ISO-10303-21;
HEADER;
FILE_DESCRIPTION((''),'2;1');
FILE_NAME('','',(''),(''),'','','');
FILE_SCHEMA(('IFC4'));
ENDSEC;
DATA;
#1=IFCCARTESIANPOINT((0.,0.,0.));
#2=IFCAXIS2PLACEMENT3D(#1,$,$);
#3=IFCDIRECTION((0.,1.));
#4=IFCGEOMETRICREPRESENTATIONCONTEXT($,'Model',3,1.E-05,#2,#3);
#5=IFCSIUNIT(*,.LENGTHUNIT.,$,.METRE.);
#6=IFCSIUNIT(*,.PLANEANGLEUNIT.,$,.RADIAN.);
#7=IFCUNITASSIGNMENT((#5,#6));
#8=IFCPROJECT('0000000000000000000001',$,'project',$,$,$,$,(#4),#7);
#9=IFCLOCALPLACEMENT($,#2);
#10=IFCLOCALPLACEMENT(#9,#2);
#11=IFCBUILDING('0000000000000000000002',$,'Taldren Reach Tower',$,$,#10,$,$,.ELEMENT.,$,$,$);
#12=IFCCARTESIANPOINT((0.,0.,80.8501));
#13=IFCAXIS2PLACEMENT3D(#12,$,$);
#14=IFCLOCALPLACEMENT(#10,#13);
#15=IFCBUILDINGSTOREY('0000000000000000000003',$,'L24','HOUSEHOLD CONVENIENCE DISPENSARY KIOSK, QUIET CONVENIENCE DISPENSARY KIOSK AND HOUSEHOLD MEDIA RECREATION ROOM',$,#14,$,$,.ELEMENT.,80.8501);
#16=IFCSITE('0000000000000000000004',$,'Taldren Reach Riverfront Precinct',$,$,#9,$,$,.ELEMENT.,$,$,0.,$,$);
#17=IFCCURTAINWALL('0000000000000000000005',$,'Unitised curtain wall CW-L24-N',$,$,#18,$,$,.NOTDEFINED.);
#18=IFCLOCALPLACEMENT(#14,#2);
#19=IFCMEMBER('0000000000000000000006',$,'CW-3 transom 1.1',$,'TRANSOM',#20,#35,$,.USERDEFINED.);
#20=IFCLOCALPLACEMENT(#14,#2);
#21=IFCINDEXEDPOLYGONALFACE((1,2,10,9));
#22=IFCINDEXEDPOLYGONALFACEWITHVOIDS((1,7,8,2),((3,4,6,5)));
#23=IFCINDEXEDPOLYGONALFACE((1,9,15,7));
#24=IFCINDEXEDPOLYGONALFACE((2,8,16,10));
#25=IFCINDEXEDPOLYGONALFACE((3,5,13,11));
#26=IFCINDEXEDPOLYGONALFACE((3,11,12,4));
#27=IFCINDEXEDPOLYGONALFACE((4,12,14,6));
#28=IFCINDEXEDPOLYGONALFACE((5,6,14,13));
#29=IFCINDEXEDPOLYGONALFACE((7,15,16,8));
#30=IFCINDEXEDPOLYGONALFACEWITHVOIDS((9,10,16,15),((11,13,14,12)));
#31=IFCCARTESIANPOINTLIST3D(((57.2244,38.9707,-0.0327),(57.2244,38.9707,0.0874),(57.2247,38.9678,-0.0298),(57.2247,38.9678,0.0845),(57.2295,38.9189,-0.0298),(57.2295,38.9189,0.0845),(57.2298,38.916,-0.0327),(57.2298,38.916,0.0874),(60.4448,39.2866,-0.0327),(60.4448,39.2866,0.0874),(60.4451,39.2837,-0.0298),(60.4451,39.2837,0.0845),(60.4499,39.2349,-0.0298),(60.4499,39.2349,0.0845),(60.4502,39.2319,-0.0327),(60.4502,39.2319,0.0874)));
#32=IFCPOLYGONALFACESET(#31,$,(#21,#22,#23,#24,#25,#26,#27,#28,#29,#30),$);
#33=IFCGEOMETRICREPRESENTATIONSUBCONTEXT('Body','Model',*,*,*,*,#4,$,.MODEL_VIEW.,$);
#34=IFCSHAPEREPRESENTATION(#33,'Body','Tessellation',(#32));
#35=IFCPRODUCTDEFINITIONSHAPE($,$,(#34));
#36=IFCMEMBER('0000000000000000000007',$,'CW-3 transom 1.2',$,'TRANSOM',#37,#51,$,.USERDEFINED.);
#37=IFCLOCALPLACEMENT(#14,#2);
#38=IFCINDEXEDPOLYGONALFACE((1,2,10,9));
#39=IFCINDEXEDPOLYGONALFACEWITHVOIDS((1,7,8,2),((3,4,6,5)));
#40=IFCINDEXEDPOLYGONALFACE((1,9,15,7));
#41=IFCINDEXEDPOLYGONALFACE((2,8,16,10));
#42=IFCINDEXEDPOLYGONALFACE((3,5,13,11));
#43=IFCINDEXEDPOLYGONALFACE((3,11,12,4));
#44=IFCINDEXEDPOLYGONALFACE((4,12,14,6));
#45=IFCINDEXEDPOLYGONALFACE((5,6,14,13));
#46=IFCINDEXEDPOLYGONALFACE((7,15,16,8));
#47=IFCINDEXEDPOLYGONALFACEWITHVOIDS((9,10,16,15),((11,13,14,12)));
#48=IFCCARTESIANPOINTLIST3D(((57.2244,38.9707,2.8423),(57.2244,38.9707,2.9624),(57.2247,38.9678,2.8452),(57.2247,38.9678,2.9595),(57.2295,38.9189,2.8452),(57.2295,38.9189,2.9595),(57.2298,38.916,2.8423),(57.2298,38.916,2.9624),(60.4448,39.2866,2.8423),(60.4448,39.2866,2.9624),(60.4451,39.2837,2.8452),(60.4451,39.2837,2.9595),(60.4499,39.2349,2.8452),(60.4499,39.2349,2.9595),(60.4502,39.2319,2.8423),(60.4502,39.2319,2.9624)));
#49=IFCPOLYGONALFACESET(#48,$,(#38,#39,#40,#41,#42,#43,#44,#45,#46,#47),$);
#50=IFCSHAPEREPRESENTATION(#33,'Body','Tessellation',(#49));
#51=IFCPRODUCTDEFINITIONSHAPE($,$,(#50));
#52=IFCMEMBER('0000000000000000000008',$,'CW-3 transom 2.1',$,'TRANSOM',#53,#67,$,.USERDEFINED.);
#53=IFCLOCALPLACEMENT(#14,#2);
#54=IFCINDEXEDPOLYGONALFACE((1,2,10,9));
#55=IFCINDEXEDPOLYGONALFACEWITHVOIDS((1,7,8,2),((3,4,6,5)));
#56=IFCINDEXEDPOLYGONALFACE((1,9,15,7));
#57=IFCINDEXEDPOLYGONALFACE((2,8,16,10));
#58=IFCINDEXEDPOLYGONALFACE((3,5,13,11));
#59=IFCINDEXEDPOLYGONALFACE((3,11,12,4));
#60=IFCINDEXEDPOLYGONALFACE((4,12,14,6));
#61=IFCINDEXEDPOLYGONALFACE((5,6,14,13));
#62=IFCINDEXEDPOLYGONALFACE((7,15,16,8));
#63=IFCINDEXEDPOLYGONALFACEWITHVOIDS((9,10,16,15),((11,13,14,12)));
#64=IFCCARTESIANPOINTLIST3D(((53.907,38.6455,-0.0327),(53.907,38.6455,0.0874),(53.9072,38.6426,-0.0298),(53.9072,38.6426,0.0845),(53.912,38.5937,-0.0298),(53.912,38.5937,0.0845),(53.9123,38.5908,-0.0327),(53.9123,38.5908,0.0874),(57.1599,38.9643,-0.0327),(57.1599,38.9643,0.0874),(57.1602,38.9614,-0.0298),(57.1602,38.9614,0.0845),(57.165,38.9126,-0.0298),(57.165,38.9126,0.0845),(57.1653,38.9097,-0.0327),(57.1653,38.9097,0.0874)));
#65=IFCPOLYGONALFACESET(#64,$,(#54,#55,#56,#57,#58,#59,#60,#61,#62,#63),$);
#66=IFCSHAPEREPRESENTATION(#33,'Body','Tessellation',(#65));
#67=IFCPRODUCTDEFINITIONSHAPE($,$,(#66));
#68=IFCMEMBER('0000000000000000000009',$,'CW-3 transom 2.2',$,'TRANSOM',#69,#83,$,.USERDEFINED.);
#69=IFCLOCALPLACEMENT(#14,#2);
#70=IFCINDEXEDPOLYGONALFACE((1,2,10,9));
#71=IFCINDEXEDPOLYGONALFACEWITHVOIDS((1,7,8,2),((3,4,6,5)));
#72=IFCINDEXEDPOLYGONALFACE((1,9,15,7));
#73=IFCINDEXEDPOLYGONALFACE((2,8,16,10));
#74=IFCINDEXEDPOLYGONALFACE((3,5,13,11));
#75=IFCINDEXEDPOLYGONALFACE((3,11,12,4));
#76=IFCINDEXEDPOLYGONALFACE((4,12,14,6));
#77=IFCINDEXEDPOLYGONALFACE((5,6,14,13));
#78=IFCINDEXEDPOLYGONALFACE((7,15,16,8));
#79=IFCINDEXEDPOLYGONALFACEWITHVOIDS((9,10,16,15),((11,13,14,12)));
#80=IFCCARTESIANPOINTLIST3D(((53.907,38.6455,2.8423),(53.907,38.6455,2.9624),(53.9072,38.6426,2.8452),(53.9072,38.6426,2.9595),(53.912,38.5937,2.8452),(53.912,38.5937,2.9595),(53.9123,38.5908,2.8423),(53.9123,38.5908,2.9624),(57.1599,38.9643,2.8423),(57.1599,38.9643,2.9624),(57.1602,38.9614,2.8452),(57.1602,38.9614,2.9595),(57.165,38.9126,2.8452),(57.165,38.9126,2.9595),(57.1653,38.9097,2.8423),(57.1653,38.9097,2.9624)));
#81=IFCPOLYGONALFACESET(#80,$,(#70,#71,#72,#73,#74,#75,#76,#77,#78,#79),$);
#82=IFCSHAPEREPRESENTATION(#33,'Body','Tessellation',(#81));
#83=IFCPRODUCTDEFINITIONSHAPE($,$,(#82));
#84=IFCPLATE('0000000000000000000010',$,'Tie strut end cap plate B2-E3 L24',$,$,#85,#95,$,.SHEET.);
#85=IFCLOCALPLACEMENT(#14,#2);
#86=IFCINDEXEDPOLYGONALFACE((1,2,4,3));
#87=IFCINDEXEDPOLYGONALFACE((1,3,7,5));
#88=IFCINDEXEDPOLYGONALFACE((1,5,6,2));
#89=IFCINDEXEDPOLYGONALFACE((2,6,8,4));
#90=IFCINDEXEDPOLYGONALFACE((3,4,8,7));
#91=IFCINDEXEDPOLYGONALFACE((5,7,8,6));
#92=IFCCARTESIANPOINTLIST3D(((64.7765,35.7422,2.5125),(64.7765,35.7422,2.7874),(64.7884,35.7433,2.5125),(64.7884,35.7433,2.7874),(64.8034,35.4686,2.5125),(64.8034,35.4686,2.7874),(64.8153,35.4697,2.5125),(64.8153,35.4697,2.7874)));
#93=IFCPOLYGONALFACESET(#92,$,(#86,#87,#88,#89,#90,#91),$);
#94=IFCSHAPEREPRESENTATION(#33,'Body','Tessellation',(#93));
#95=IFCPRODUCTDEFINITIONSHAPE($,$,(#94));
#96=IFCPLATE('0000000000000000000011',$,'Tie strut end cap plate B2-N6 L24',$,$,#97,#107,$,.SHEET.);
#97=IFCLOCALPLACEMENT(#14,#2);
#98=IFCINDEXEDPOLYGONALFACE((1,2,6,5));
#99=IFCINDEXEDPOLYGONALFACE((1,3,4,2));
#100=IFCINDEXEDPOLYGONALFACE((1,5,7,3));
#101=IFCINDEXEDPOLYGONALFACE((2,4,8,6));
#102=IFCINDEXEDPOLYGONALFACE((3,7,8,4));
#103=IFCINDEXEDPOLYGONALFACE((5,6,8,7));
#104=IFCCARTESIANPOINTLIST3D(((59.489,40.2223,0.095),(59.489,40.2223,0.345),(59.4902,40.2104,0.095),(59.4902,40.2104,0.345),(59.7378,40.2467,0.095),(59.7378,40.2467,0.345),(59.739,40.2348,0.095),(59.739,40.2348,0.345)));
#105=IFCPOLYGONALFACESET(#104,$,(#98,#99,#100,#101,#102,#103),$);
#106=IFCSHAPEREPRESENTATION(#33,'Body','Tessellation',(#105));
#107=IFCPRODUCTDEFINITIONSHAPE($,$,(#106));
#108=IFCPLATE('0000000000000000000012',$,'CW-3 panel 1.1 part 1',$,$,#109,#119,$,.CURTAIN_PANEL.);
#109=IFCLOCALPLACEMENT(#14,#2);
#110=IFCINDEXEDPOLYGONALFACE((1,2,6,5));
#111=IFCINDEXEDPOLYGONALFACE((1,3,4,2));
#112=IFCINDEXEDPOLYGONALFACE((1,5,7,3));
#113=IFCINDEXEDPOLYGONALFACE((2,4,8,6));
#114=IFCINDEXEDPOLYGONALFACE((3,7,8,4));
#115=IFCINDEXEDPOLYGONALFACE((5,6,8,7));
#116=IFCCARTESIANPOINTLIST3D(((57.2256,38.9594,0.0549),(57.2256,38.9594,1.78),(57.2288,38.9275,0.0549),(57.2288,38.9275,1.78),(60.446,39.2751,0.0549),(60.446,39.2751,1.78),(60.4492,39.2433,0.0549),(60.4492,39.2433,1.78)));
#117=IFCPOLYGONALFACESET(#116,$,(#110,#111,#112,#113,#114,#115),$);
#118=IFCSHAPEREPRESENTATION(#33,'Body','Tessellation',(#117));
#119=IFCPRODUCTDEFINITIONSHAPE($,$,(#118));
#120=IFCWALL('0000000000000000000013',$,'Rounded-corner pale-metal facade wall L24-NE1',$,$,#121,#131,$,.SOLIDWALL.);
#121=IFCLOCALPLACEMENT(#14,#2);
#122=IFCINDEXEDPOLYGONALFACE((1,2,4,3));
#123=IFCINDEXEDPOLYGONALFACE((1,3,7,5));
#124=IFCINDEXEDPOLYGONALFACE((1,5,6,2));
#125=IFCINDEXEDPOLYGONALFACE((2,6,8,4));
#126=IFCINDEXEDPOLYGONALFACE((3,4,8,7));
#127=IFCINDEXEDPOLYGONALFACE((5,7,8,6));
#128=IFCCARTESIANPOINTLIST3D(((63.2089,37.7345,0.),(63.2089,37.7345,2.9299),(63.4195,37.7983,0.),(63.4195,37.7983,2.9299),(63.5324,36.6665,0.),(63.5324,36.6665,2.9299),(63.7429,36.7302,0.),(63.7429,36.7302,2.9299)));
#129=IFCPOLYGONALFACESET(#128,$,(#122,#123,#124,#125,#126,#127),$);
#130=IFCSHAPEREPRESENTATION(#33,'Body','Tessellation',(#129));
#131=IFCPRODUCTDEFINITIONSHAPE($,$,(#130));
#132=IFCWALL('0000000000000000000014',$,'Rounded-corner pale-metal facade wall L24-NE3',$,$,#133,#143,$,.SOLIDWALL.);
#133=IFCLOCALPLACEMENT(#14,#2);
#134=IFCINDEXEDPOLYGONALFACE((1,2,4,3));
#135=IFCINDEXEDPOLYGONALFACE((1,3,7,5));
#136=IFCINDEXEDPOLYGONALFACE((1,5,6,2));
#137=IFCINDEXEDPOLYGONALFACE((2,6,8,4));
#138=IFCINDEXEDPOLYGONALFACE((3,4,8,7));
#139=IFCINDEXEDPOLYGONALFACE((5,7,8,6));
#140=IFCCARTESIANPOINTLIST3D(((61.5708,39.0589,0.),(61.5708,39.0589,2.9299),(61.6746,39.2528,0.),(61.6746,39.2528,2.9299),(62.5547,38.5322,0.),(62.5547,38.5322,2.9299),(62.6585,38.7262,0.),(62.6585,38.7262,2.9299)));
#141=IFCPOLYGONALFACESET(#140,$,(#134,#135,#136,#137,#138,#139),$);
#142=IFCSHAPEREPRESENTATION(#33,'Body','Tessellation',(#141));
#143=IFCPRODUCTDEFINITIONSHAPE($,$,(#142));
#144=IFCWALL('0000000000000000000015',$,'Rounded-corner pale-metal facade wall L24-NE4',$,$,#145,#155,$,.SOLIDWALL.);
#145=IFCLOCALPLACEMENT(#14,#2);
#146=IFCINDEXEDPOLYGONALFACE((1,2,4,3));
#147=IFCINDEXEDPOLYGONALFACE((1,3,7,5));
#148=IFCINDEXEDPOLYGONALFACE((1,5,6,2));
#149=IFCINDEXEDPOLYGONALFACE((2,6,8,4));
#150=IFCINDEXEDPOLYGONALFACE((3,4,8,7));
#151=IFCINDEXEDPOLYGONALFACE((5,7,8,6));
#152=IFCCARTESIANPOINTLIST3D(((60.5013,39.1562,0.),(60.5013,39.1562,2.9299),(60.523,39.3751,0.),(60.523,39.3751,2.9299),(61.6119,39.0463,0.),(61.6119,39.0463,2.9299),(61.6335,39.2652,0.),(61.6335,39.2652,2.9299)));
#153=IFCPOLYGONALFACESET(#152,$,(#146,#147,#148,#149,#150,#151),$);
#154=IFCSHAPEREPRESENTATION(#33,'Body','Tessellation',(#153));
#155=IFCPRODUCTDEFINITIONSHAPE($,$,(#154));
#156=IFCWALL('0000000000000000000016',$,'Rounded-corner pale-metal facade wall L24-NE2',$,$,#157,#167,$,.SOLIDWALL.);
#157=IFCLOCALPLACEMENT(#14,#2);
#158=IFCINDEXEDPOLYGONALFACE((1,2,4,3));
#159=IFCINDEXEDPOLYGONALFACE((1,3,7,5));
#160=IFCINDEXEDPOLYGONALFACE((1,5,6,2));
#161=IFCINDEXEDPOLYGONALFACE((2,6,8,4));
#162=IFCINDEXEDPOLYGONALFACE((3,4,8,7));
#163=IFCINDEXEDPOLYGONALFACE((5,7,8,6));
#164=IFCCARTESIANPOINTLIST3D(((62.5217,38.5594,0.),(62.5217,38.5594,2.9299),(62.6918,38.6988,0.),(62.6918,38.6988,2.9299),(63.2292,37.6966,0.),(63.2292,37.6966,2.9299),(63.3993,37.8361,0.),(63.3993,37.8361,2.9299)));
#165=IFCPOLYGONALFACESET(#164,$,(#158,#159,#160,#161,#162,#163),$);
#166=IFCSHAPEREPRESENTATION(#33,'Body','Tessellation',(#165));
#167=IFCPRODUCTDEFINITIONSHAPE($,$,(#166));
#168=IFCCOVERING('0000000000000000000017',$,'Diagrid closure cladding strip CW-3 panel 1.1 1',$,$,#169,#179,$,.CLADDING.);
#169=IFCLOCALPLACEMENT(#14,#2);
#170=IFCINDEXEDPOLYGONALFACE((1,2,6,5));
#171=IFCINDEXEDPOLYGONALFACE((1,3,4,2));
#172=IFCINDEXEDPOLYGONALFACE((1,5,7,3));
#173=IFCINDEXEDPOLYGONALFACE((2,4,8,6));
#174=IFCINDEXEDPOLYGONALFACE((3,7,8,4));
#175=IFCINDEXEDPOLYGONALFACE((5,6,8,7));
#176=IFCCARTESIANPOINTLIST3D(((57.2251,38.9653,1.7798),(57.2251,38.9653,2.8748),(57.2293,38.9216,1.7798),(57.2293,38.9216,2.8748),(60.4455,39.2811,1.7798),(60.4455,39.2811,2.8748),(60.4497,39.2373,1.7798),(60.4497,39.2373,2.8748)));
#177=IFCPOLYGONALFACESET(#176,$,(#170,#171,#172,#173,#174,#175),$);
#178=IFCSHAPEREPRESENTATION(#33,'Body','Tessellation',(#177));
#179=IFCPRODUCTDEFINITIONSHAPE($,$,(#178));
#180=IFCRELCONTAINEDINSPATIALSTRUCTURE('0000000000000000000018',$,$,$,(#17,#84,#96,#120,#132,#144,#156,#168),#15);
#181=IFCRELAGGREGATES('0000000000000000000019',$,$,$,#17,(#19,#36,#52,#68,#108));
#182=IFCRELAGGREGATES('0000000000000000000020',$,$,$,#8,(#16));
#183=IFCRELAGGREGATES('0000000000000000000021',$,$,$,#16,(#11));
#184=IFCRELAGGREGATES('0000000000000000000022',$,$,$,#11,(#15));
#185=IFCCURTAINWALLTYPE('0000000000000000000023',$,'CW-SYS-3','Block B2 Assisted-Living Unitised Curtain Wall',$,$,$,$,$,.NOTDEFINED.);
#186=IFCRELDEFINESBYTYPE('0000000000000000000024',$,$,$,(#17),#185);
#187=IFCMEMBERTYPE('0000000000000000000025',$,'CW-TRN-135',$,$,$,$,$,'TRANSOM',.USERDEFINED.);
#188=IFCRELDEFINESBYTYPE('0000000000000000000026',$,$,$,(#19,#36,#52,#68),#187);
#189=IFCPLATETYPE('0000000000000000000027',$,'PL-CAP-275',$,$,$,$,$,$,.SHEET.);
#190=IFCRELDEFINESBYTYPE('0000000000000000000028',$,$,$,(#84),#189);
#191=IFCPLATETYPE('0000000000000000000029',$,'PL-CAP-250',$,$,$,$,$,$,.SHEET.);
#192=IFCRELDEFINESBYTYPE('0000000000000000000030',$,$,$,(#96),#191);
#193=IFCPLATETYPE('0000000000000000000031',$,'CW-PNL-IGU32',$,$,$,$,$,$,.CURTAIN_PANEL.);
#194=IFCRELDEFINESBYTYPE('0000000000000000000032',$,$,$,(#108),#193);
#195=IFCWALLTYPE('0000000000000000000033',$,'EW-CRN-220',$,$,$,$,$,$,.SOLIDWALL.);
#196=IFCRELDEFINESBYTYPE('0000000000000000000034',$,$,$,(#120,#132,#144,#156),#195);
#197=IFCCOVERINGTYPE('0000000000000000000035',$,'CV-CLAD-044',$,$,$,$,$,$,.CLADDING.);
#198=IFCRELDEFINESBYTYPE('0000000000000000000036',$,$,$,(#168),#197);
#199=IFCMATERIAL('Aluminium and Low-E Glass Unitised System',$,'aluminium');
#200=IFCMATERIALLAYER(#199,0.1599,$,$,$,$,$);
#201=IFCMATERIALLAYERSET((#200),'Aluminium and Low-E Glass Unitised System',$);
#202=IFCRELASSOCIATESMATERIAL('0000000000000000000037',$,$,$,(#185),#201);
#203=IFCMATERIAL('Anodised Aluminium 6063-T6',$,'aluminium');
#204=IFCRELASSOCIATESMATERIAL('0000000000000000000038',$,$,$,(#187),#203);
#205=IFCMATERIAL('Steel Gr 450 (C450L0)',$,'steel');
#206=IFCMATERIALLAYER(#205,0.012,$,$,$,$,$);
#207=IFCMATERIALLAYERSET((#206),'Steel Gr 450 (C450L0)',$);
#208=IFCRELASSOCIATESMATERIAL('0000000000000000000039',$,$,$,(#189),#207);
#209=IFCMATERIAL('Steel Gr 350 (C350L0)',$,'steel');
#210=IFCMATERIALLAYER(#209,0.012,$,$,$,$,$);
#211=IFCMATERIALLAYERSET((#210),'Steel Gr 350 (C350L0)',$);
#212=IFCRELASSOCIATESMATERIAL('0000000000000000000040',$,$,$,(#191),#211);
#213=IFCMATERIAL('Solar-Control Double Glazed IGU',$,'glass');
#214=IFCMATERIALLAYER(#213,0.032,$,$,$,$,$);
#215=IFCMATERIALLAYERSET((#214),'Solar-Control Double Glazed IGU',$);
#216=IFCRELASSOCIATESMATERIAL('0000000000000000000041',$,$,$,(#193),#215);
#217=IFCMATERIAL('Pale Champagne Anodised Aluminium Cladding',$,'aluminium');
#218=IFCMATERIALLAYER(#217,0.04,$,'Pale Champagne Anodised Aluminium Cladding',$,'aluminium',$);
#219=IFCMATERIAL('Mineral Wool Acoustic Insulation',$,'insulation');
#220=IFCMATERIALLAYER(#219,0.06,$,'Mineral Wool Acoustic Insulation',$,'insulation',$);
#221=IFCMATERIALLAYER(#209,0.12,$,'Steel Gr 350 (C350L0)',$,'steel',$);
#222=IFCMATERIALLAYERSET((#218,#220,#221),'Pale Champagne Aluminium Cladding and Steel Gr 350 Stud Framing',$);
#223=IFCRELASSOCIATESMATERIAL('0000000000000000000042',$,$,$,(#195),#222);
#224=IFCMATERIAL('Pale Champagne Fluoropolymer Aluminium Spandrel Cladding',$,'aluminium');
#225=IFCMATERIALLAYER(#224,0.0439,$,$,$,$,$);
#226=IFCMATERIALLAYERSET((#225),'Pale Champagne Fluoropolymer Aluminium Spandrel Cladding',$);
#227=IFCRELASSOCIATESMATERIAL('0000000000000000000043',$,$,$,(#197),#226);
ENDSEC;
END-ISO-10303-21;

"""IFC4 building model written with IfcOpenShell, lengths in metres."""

from ifc_helpers import new_model, si_unit, direction, frame, frame_2d, origin, origin_2d, place, context, subcontext, project, spatial, rectangle, hollow_rectangle, extrude, source, transform, mapped, material, layer, layer_set, material_profile, profile_set, type_object, element, aggregate, save


model = new_model("IFC4")

# Units and contexts
model_context = context("Model", 3, precision=1e-05, world=origin(), true_north=direction((0.0, 1.0)))
body_context = subcontext(model_context, "Body", "Model", "MODEL_VIEW")
ifc_project = project(units=[si_unit("LENGTHUNIT", "METRE"), si_unit("PLANEANGLEUNIT", "RADIAN")], contexts=[model_context])

# Site, building, storey
site_placement = place(None, origin())
site = spatial("IfcSite", under=ifc_project, at=site_placement, Name="Taldren Reach Riverfront Precinct", CompositionType="ELEMENT", RefElevation=0.0)
building_placement = place(site_placement, origin())
building = spatial("IfcBuilding", under=site, at=building_placement, Name="Taldren Reach Tower", CompositionType="ELEMENT")
storey_placement = place(building_placement, frame((0.0, 0.0, 80.8501)))
storey = spatial("IfcBuildingStorey", under=building, at=storey_placement, Name="L24", Description="HOUSEHOLD CONVENIENCE DISPENSARY KIOSK, QUIET CONVENIENCE DISPENSARY KIOSK AND HOUSEHOLD MEDIA RECREATION ROOM", CompositionType="ELEMENT", Elevation=80.8501)

# Shared definitions
ifc_material_1 = material(Name="Steel Gr 450 (C450L0)", Category="steel")
ifc_material_2 = material(Name="Steel Gr 350 (C350L0)", Category="steel")

# Curtain wall
ifc_material_3 = material(Name="Aluminium and Low-E Glass Unitised System", Category="aluminium")
ifc_layer_1 = layer(ifc_material_3, 0.1599)
ifc_layer_set_1 = layer_set([ifc_layer_1], Name="Aluminium and Low-E Glass Unitised System")
curtain_wall_type = type_object("IfcCurtainWallType", Name="CW-SYS-3", Description="Block B2 Assisted-Living Unitised Curtain Wall", PredefinedType="NOTDEFINED", material=ifc_layer_set_1)
curtain_wall_1_placement = place(storey_placement, origin())
curtain_wall_1 = element("IfcCurtainWall", 1, at=curtain_wall_1_placement, inside=storey, type_object=curtain_wall_type, Name="Unitised curtain wall CW-L24-N", PredefinedType="NOTDEFINED")
ifc_material_4 = material(Name="Anodised Aluminium 6063-T6", Category="aluminium")

# Members
ifc_material_profile_1 = material_profile(ifc_material_4, hollow_rectangle(XDim=0.0549, YDim=0.1201, WallThickness=0.0029, at=origin_2d()), Name="ALU-120x55x3RHS")
ifc_profile_set_1 = profile_set([ifc_material_profile_1], Name="Anodised Aluminium 6063-T6")
member_type_1 = type_object("IfcMemberType", Name="CW-TRN-135", ElementType="TRANSOM", PredefinedType="USERDEFINED", material=ifc_profile_set_1)
shared_shape_1 = source(origin(), body_context, "Body", "SweptSolid", [
    extrude(hollow_rectangle(XDim=0.0549, YDim=0.1201, WallThickness=0.0029, at=origin_2d()), origin(), (0.0, 0.0, 1.0), 3.2358),
])
member_1_placement = place(storey_placement, frame((60.4475, 39.2593, 0.0273), z_axis=(-0.995223, -0.097629, 0.0), x_axis=(0.097629, -0.995223, 0.0)))
member_1 = element("IfcMember", 2, at=member_1_placement, type_object=member_type_1, Name="CW-3 transom 1.1", ObjectType="TRANSOM", PredefinedType="USERDEFINED", context=body_context, shape_type="MappedRepresentation", body=[
    mapped(shared_shape_1, transform((0.0, 0.0, 0.0), scale=1.0)),
])
member_2_placement = place(storey_placement, frame((60.4475, 39.2593, 2.9023), z_axis=(-0.995223, -0.097629, 0.0), x_axis=(0.097629, -0.995223, 0.0)))
member_2 = element("IfcMember", 3, at=member_2_placement, type_object=member_type_1, Name="CW-3 transom 1.2", ObjectType="TRANSOM", PredefinedType="USERDEFINED", context=body_context, shape_type="MappedRepresentation", body=[
    mapped(shared_shape_1, transform((0.0, 0.0, 0.0), scale=1.0)),
])
shared_shape_2 = source(origin(), body_context, "Body", "SweptSolid", [
    extrude(hollow_rectangle(XDim=0.0549, YDim=0.1201, WallThickness=0.0029, at=origin_2d()), origin(), (0.0, 0.0, 1.0), 3.2686),
])
member_3_placement = place(storey_placement, frame((57.1626, 38.937, 0.0273), z_axis=(-0.995231, -0.097551, 0.0), x_axis=(0.097551, -0.995231, 0.0)))
member_3 = element("IfcMember", 4, at=member_3_placement, type_object=member_type_1, Name="CW-3 transom 2.1", ObjectType="TRANSOM", PredefinedType="USERDEFINED", context=body_context, shape_type="MappedRepresentation", body=[
    mapped(shared_shape_2, transform((0.0, 0.0, 0.0), scale=1.0)),
])
member_4_placement = place(storey_placement, frame((57.1626, 38.937, 2.9023), z_axis=(-0.995231, -0.097551, 0.0), x_axis=(0.097551, -0.995231, 0.0)))
member_4 = element("IfcMember", 5, at=member_4_placement, type_object=member_type_1, Name="CW-3 transom 2.2", ObjectType="TRANSOM", PredefinedType="USERDEFINED", context=body_context, shape_type="MappedRepresentation", body=[
    mapped(shared_shape_2, transform((0.0, 0.0, 0.0), scale=1.0)),
])

# Plates
ifc_layer_2 = layer(ifc_material_1, 0.012)
ifc_layer_set_2 = layer_set([ifc_layer_2], Name="Steel Gr 450 (C450L0)")
plate_type_1 = type_object("IfcPlateType", Name="PL-CAP-275", PredefinedType="SHEET", material=ifc_layer_set_2)
shared_shape_3 = source(origin(), body_context, "Body", "SweptSolid", [
    extrude(rectangle(XDim=0.012, YDim=0.2749, at=origin_2d()), origin(), (0.0, 0.0, 1.0), 0.2749),
])
plate_1_placement = place(storey_placement, frame((64.7959, 35.606, 2.5125), z_axis=(0.0, 0.0, 1.0), x_axis=(0.995227, 0.097583, 0.0)))
element("IfcPlate", 6, at=plate_1_placement, inside=storey, type_object=plate_type_1, Name="Tie strut end cap plate B2-E3 L24", PredefinedType="SHEET", context=body_context, shape_type="MappedRepresentation", body=[
    mapped(shared_shape_3, transform((0.0, 0.0, 0.0), scale=1.0)),
])
ifc_layer_3 = layer(ifc_material_2, 0.012)
ifc_layer_set_3 = layer_set([ifc_layer_3], Name="Steel Gr 350 (C350L0)")
plate_type_2 = type_object("IfcPlateType", Name="PL-CAP-250", PredefinedType="SHEET", material=ifc_layer_set_3)
shared_shape_4 = source(origin(), body_context, "Body", "SweptSolid", [
    extrude(rectangle(XDim=0.25, YDim=0.012, at=origin_2d()), origin(), (0.0, 0.0, 1.0), 0.25),
])
plate_2_placement = place(storey_placement, frame((59.614, 40.2285, 0.095), z_axis=(0.0, 0.0, 1.0), x_axis=(0.995227, 0.097583, 0.0)))
element("IfcPlate", 7, at=plate_2_placement, inside=storey, type_object=plate_type_2, Name="Tie strut end cap plate B2-N6 L24", PredefinedType="SHEET", context=body_context, shape_type="MappedRepresentation", body=[
    mapped(shared_shape_4, transform((0.0, 0.0, 0.0), scale=1.0)),
])

# Plate
ifc_material_5 = material(Name="Solar-Control Double Glazed IGU", Category="glass")
ifc_layer_4 = layer(ifc_material_5, 0.032)
ifc_layer_set_4 = layer_set([ifc_layer_4], Name="Solar-Control Double Glazed IGU")
plate_type_3 = type_object("IfcPlateType", Name="CW-PNL-IGU32", PredefinedType="CURTAIN_PANEL", material=ifc_layer_set_4)
shared_shape_5 = source(origin(), body_context, "Body", "SweptSolid", [
    extrude(rectangle(XDim=3.2358, YDim=0.032, at=origin_2d()), origin(), (0.0, 0.0, 1.0), 1.7251),
])
plate_3_placement = place(storey_placement, frame((58.8374, 39.1013, 0.0549), z_axis=(0.0, 0.0, 1.0), x_axis=(-0.995227, -0.097583, 0.0)))
plate_3 = element("IfcPlate", 8, at=plate_3_placement, type_object=plate_type_3, Name="CW-3 panel 1.1 part 1", PredefinedType="CURTAIN_PANEL", context=body_context, shape_type="MappedRepresentation", body=[
    mapped(shared_shape_5, transform((0.0, 0.0, 0.0), scale=1.0)),
])
aggregate(curtain_wall_1, [member_1, member_2, member_3, member_4, plate_3])

# Walls
ifc_material_6 = material(Name="Pale Champagne Anodised Aluminium Cladding", Category="aluminium")
ifc_layer_5 = layer(ifc_material_6, 0.04, Name="Pale Champagne Anodised Aluminium Cladding", Category="aluminium")
ifc_material_7 = material(Name="Mineral Wool Acoustic Insulation", Category="insulation")
ifc_layer_6 = layer(ifc_material_7, 0.06, Name="Mineral Wool Acoustic Insulation", Category="insulation")
ifc_layer_7 = layer(ifc_material_2, 0.12, Name="Steel Gr 350 (C350L0)", Category="steel")
ifc_layer_set_5 = layer_set([ifc_layer_5, ifc_layer_6, ifc_layer_7], Name="Pale Champagne Aluminium Cladding and Steel Gr 350 Stud Framing")
wall_type = type_object("IfcWallType", Name="EW-CRN-220", PredefinedType="SOLIDWALL", material=ifc_layer_set_5)
shared_shape_6 = source(origin(), body_context, "Body", "SweptSolid", [
    extrude(rectangle(XDim=1.116, YDim=0.22, at=frame_2d((0.5581, 0.0))), origin(), (0.0, 0.0, 1.0), 2.9299),
])
for number, where, z_axis, x_axis, name in (
    (9, (63.6377, 36.6982, 0.0), (0.0, 0.0, 1.0), (-0.289856, 0.95707, 0.0), "Rounded-corner pale-metal facade wall L24-NE1"),
    (10, (62.6067, 38.6292, 0.0), (0.0, 0.0, 1.0), (-0.881656, 0.471894, 0.0), "Rounded-corner pale-metal facade wall L24-NE3"),
    (11, (61.6228, 39.1558, 0.0), (0.0, 0.0, 1.0), (-0.995143, 0.098442, 0.0), "Rounded-corner pale-metal facade wall L24-NE4"),
):
    element("IfcWall", number, at=place(storey_placement, frame(where, z_axis=z_axis, x_axis=x_axis)), inside=storey, type_object=wall_type, Name=name, PredefinedType="SOLIDWALL", context=body_context, shape_type="MappedRepresentation", body=[
        mapped(shared_shape_6, transform((0.0, 0.0, 0.0), scale=1.0)),
    ])
shared_shape_7 = source(origin(), body_context, "Body", "SweptSolid", [
    extrude(rectangle(XDim=1.1157, YDim=0.22, at=frame_2d((0.5579, 0.0))), origin(), (0.0, 0.0, 1.0), 2.9299),
])
wall_placement = place(storey_placement, frame((63.3142, 37.7664, 0.0), z_axis=(0.0, 0.0, 1.0), x_axis=(-0.634095, 0.773255, 0.0)))
element("IfcWall", 12, at=wall_placement, inside=storey, type_object=wall_type, Name="Rounded-corner pale-metal facade wall L24-NE2", PredefinedType="SOLIDWALL", context=body_context, shape_type="MappedRepresentation", body=[
    mapped(shared_shape_7, transform((0.0, 0.0, 0.0), scale=1.0)),
])

# Covering
ifc_material_8 = material(Name="Pale Champagne Fluoropolymer Aluminium Spandrel Cladding", Category="aluminium")
ifc_layer_8 = layer(ifc_material_8, 0.0439)
ifc_layer_set_6 = layer_set([ifc_layer_8], Name="Pale Champagne Fluoropolymer Aluminium Spandrel Cladding")
covering_type = type_object("IfcCoveringType", Name="CV-CLAD-044", PredefinedType="CLADDING", material=ifc_layer_set_6)
shared_shape_8 = source(origin(), body_context, "Body", "SweptSolid", [
    extrude(rectangle(XDim=3.2358, YDim=0.0439, at=origin_2d()), origin(), (0.0, 0.0, 1.0), 1.095),
])
covering_placement = place(storey_placement, frame((58.8374, 39.1013, 1.7798), z_axis=(0.0, 0.0, 1.0), x_axis=(-0.995227, -0.097583, 0.0)))
element("IfcCovering", 13, at=covering_placement, inside=storey, type_object=covering_type, Name="Diagrid closure cladding strip CW-3 panel 1.1 1", PredefinedType="CLADDING", context=body_context, shape_type="MappedRepresentation", body=[
    mapped(shared_shape_8, transform((0.0, 0.0, 0.0), scale=1.0)),
])

save(model, "model.ifc")
